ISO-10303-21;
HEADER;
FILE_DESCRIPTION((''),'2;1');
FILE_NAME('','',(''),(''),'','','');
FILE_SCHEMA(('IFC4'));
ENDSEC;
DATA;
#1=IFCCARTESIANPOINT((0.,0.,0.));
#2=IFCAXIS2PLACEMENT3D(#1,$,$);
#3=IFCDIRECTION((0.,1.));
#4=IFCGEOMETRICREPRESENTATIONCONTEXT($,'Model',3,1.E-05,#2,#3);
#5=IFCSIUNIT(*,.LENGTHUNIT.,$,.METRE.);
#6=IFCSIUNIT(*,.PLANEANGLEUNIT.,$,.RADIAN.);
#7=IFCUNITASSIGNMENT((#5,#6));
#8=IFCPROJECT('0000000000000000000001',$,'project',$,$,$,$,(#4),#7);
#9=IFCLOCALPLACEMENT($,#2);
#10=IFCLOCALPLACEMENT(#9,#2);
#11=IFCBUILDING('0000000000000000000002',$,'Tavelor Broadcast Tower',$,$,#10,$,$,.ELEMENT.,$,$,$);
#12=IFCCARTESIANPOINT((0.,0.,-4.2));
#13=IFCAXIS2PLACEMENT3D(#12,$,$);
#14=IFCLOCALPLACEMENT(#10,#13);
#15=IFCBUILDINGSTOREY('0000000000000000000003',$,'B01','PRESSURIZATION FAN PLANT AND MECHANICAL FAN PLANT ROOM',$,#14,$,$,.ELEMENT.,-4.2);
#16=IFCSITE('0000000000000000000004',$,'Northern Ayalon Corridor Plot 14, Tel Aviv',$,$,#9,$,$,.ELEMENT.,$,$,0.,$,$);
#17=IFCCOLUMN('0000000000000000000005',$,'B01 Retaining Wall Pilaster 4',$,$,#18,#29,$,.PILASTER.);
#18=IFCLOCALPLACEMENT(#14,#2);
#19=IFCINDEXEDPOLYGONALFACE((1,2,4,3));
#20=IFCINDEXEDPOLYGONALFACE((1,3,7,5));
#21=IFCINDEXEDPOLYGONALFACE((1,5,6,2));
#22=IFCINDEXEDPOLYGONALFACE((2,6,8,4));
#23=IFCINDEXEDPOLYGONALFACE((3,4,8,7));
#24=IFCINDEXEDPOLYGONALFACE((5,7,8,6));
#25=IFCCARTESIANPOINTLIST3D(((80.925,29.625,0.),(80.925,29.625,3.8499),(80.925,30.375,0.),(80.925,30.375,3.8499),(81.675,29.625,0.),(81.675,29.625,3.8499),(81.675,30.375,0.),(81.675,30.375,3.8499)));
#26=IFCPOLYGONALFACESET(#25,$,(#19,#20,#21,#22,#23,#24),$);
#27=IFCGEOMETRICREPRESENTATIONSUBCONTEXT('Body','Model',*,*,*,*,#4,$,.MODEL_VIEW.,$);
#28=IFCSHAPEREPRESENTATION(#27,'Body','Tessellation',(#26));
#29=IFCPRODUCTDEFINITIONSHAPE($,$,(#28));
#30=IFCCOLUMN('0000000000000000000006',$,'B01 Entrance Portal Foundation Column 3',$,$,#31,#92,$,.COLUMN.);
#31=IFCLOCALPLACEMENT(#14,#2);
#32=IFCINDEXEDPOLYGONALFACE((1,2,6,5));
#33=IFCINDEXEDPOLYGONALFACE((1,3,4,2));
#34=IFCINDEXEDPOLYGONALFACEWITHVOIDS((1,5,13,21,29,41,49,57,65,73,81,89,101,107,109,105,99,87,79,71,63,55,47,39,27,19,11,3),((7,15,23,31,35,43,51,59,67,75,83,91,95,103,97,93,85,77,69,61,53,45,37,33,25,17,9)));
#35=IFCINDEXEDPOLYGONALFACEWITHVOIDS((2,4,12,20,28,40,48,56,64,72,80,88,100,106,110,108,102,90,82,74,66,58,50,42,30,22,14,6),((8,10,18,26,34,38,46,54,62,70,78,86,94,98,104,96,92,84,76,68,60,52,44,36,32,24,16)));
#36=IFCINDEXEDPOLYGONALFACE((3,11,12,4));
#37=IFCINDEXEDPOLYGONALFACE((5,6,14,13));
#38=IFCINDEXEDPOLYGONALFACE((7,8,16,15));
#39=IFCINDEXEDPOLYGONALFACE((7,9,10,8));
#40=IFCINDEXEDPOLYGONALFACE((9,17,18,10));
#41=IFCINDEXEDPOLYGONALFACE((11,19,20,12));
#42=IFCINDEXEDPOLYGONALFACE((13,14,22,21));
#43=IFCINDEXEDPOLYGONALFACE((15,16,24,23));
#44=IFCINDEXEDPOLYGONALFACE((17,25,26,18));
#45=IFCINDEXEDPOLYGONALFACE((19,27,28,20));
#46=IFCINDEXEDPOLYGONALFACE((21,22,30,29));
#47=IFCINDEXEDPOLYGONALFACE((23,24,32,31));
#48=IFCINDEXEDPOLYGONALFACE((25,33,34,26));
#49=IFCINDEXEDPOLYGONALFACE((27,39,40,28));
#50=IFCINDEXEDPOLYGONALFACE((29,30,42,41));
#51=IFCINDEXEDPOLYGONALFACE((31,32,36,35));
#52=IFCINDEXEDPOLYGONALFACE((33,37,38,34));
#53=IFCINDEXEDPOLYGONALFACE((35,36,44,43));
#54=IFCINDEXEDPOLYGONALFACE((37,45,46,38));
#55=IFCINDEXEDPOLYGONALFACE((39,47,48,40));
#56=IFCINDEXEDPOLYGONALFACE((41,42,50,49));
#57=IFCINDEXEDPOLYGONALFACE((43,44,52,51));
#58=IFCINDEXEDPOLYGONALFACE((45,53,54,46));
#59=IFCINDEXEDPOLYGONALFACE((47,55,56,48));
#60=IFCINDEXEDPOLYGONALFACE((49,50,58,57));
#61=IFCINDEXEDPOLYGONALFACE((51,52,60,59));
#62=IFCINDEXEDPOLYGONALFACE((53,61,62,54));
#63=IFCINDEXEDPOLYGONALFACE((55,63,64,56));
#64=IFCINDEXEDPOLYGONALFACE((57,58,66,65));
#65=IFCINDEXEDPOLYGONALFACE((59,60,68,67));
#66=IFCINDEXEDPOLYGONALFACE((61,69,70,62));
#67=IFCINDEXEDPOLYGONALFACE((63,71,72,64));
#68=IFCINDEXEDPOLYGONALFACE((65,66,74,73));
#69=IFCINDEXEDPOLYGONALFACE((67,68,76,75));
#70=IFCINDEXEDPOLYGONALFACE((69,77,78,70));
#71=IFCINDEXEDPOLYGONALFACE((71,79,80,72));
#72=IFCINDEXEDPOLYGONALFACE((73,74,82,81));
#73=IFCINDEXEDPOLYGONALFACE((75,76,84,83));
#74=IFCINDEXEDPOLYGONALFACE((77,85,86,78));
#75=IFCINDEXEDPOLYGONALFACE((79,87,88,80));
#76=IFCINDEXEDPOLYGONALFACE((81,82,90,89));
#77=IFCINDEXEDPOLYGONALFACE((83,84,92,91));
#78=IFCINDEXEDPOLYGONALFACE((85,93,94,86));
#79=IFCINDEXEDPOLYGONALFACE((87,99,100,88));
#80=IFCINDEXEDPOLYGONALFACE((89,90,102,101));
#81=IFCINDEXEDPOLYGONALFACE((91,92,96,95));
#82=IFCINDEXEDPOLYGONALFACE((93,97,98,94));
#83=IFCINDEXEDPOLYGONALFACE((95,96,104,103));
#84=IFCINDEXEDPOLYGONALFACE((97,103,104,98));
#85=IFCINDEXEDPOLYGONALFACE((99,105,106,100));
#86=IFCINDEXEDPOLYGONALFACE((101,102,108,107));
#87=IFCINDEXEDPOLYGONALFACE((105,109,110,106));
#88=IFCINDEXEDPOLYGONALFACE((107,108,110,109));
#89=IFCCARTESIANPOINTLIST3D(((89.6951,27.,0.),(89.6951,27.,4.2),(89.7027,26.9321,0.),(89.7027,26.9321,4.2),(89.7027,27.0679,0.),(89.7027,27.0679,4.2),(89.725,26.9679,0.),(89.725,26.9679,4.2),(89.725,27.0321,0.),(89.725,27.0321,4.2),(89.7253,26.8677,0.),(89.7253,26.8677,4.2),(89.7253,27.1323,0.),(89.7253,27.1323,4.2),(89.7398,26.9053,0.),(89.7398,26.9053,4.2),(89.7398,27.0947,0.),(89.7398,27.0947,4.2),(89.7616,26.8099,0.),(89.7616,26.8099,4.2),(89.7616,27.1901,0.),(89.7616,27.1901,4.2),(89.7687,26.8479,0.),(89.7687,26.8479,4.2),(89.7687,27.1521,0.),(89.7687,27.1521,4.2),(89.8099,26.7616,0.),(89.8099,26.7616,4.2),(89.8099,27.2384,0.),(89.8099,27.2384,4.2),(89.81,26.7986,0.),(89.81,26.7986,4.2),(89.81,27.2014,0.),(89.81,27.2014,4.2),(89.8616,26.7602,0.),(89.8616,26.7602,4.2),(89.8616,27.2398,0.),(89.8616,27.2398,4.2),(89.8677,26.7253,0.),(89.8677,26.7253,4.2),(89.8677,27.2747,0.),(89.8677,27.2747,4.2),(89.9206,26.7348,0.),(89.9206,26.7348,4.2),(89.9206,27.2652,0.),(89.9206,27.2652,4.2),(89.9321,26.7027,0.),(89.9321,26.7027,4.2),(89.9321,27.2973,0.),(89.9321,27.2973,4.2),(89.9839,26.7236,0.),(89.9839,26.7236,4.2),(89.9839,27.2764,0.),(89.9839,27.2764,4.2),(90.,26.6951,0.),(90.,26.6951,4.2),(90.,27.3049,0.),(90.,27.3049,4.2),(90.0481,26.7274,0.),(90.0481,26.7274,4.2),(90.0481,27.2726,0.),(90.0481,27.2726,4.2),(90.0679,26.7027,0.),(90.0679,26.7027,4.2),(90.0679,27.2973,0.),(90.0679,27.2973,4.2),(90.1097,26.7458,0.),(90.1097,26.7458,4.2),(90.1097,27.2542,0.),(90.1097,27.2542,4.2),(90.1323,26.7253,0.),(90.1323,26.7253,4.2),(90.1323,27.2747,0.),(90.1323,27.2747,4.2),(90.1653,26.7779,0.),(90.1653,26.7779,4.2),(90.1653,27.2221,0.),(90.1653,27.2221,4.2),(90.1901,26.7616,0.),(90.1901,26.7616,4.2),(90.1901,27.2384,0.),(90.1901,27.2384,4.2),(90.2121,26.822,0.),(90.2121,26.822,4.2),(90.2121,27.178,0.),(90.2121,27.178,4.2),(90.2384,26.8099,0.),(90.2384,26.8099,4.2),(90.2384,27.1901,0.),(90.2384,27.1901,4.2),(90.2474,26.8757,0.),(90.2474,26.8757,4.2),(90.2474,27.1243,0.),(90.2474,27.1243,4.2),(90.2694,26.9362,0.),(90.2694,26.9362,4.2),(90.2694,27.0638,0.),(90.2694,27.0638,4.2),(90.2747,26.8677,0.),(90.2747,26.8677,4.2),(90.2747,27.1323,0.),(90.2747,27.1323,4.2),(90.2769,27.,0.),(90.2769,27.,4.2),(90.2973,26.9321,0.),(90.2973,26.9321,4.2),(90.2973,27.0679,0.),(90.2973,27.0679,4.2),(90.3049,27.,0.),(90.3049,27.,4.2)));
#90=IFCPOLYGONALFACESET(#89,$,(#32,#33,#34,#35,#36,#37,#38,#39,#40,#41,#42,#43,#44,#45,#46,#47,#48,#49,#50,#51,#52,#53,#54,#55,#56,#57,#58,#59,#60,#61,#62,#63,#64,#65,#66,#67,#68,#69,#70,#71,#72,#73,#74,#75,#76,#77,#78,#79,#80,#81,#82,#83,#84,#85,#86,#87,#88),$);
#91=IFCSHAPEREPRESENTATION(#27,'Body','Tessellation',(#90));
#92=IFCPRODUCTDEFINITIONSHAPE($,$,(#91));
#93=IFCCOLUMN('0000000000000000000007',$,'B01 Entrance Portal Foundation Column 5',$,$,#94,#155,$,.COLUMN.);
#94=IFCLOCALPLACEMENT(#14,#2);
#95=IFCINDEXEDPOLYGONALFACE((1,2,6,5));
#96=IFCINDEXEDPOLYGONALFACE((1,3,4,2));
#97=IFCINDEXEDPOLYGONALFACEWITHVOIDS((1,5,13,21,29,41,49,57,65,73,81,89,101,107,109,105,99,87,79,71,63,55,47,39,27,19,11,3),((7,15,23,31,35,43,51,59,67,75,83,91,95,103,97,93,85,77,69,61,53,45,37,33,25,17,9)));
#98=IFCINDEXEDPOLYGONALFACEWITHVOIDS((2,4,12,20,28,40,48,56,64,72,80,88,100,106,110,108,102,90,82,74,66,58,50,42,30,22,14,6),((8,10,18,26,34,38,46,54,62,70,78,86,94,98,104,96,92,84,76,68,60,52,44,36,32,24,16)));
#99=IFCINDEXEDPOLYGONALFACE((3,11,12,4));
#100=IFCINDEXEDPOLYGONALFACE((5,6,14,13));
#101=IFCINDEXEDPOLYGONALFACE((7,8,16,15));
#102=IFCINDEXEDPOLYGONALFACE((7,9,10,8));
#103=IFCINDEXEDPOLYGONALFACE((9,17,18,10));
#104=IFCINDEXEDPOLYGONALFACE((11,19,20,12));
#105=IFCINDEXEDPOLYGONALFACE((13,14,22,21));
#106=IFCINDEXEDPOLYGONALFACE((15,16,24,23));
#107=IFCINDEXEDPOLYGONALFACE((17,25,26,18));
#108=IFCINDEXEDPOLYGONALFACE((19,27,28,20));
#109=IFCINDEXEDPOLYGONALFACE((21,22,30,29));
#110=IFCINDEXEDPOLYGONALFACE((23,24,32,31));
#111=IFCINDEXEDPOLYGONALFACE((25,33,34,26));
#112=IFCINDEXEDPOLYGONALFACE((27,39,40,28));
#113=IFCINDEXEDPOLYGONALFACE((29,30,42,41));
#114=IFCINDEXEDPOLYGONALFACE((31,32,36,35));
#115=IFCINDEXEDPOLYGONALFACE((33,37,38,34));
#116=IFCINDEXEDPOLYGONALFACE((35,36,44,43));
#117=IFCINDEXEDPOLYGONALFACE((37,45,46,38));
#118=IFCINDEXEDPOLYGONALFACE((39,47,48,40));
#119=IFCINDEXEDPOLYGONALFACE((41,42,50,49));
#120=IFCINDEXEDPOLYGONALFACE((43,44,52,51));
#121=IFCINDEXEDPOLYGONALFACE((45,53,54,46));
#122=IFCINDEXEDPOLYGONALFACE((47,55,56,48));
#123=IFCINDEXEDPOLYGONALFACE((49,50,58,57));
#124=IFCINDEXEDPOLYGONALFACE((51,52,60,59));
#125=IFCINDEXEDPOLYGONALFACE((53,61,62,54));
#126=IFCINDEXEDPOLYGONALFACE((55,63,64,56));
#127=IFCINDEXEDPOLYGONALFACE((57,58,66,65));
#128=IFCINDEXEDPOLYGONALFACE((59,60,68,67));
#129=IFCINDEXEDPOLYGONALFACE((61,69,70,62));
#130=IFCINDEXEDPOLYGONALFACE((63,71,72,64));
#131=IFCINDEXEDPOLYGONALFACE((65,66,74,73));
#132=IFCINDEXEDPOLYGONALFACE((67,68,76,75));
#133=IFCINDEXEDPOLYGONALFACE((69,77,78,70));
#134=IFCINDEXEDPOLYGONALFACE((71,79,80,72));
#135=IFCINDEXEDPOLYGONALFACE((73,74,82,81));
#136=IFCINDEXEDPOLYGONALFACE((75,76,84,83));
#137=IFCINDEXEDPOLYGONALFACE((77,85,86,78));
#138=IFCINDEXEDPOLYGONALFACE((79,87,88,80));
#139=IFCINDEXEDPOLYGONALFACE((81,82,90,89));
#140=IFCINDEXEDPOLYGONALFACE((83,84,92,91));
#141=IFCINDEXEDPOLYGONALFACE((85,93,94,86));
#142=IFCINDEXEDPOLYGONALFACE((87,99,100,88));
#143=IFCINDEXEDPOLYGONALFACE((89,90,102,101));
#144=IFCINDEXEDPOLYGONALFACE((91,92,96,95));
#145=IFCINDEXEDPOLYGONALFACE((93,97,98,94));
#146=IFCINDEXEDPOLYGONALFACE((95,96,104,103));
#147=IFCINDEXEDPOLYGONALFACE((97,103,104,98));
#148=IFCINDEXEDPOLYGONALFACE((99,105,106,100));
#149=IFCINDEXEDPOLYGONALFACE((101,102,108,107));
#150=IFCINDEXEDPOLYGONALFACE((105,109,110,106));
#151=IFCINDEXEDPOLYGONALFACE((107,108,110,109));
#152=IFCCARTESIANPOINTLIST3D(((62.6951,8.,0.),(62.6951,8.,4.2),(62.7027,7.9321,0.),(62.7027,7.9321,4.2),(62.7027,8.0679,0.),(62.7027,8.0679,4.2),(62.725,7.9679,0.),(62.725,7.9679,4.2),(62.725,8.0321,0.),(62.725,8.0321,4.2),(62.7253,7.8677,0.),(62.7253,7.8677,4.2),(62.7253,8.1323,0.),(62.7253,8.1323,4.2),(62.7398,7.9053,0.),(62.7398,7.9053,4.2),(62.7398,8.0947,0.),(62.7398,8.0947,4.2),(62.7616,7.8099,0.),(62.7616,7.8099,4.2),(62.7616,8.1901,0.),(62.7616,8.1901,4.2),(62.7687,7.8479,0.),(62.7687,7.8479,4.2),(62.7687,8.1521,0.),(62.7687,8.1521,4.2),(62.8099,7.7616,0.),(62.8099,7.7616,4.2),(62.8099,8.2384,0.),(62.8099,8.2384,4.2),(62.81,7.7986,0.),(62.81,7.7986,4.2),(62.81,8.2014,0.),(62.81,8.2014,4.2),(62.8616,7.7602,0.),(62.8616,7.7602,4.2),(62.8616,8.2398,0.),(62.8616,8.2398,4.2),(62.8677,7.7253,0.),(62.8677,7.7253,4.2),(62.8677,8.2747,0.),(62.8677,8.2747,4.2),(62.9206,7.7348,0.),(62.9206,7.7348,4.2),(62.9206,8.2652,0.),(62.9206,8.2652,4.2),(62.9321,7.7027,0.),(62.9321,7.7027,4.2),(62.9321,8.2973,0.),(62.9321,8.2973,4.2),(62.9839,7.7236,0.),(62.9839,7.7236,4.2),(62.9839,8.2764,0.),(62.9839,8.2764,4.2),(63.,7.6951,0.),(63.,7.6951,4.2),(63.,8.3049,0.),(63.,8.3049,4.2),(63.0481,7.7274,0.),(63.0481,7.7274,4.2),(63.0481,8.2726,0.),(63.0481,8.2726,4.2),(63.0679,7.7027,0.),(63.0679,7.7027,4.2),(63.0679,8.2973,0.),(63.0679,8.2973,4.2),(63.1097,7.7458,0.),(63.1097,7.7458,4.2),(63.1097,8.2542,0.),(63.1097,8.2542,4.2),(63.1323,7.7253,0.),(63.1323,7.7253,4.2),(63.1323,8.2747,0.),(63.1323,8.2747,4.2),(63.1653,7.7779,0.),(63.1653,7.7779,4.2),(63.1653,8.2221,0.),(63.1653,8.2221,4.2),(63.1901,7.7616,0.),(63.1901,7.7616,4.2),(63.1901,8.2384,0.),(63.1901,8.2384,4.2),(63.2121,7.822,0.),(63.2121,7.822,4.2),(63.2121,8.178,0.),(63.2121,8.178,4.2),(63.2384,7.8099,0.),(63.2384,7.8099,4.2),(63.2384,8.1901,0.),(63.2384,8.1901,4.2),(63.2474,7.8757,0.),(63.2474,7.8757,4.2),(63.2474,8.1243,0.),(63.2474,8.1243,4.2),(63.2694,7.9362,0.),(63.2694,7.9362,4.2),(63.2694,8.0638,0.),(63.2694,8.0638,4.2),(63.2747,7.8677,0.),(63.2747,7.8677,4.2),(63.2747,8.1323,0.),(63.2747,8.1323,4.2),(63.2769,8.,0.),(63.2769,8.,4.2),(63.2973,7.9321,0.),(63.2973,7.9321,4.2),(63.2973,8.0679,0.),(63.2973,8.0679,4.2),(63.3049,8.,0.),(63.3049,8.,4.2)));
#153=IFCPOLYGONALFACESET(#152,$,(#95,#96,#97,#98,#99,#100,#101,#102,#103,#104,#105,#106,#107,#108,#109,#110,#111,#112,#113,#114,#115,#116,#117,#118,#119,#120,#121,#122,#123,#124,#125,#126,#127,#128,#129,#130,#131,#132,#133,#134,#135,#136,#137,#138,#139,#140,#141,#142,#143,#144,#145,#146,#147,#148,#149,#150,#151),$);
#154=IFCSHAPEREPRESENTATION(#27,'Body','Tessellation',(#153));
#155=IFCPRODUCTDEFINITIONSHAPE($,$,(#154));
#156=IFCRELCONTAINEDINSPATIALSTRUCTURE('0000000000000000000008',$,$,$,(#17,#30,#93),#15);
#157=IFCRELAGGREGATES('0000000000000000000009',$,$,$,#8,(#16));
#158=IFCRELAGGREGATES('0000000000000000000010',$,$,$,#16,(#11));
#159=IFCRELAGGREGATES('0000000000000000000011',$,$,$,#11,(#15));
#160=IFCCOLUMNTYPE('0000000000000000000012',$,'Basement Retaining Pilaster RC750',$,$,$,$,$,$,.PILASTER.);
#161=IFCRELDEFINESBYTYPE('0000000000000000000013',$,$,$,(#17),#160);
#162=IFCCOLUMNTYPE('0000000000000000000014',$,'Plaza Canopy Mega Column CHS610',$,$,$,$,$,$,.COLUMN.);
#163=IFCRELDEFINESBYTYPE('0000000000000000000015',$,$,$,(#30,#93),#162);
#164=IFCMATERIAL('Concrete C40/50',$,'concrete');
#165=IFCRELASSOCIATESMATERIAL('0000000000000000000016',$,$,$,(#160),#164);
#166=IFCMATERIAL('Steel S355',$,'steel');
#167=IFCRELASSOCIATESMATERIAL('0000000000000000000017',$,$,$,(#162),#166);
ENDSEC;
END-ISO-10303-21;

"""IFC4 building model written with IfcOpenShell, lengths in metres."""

from ifc_helpers import new_model, si_unit, direction, frame, origin, origin_2d, place, context, subcontext, project, spatial, rectangle, hollow_circle, extrude, material, material_profile, profile_set, type_object, element, save


model = new_model("IFC4")

# Units and contexts
model_context = context("Model", 3, precision=1e-05, world=origin(), true_north=direction((0.0, 1.0)))
body_context = subcontext(model_context, "Body", "Model", "MODEL_VIEW")
ifc_project = project(units=[si_unit("LENGTHUNIT", "METRE"), si_unit("PLANEANGLEUNIT", "RADIAN")], contexts=[model_context])

# Site, building, storey
site_placement = place(None, origin())
site = spatial("IfcSite", under=ifc_project, at=site_placement, Name="Northern Ayalon Corridor Plot 14, Tel Aviv", CompositionType="ELEMENT", RefElevation=0.0)
building_placement = place(site_placement, origin())
building = spatial("IfcBuilding", under=site, at=building_placement, Name="Tavelor Broadcast Tower", CompositionType="ELEMENT")
storey_placement = place(building_placement, frame((0.0, 0.0, -4.2)))
storey = spatial("IfcBuildingStorey", under=building, at=storey_placement, Name="B01", Description="PRESSURIZATION FAN PLANT AND MECHANICAL FAN PLANT ROOM", CompositionType="ELEMENT", Elevation=-4.2)

# Columns
ifc_material_1 = material(Name="Concrete C40/50", Category="concrete")
ifc_material_profile_1 = material_profile(ifc_material_1, rectangle(XDim=0.75, YDim=0.75, at=origin_2d()), Name="RC 750x750")
ifc_profile_set_1 = profile_set([ifc_material_profile_1], Name="Concrete C40/50")
column_type_1 = type_object("IfcColumnType", Name="Basement Retaining Pilaster RC750", PredefinedType="PILASTER", material=ifc_profile_set_1)
column_placement = place(storey_placement, frame((81.3, 30.0, 0.0), z_axis=(0.0, 0.0, 1.0), x_axis=(1.0, 0.0, 0.0)))
element("IfcColumn", 1, at=column_placement, inside=storey, type_object=column_type_1, Name="B01 Retaining Wall Pilaster 4", PredefinedType="PILASTER", context=body_context, shape_type="SweptSolid", body=[
    extrude(rectangle(XDim=0.75, YDim=0.75, at=origin_2d()), origin(), (0.0, 0.0, 1.0), 3.8499),
])
ifc_material_2 = material(Name="Steel S355", Category="steel")
ifc_material_profile_2 = material_profile(ifc_material_2, hollow_circle(Radius=0.3049, WallThickness=0.0281, at=origin_2d()), Name="CHS 610x28")
ifc_profile_set_2 = profile_set([ifc_material_profile_2], Name="Steel S355")
column_type_2 = type_object("IfcColumnType", Name="Plaza Canopy Mega Column CHS610", PredefinedType="COLUMN", material=ifc_profile_set_2)
for number, where, z_axis, x_axis, name in (
    (2, (90.0, 27.0, 0.0), (0.0, 0.0, 1.0), (1.0, 0.0, 0.0), "B01 Entrance Portal Foundation Column 3"),
    (3, (63.0, 8.0, 0.0), (0.0, 0.0, 1.0), (1.0, 0.0, 0.0), "B01 Entrance Portal Foundation Column 5"),
):
    element("IfcColumn", number, at=place(storey_placement, frame(where, z_axis=z_axis, x_axis=x_axis)), inside=storey, type_object=column_type_2, Name=name, PredefinedType="COLUMN", context=body_context, shape_type="SweptSolid", body=[
        extrude(hollow_circle(Radius=0.3049, WallThickness=0.0281, at=origin_2d()), origin(), (0.0, 0.0, 1.0), 4.2),
    ])

save(model, "model.ifc")
